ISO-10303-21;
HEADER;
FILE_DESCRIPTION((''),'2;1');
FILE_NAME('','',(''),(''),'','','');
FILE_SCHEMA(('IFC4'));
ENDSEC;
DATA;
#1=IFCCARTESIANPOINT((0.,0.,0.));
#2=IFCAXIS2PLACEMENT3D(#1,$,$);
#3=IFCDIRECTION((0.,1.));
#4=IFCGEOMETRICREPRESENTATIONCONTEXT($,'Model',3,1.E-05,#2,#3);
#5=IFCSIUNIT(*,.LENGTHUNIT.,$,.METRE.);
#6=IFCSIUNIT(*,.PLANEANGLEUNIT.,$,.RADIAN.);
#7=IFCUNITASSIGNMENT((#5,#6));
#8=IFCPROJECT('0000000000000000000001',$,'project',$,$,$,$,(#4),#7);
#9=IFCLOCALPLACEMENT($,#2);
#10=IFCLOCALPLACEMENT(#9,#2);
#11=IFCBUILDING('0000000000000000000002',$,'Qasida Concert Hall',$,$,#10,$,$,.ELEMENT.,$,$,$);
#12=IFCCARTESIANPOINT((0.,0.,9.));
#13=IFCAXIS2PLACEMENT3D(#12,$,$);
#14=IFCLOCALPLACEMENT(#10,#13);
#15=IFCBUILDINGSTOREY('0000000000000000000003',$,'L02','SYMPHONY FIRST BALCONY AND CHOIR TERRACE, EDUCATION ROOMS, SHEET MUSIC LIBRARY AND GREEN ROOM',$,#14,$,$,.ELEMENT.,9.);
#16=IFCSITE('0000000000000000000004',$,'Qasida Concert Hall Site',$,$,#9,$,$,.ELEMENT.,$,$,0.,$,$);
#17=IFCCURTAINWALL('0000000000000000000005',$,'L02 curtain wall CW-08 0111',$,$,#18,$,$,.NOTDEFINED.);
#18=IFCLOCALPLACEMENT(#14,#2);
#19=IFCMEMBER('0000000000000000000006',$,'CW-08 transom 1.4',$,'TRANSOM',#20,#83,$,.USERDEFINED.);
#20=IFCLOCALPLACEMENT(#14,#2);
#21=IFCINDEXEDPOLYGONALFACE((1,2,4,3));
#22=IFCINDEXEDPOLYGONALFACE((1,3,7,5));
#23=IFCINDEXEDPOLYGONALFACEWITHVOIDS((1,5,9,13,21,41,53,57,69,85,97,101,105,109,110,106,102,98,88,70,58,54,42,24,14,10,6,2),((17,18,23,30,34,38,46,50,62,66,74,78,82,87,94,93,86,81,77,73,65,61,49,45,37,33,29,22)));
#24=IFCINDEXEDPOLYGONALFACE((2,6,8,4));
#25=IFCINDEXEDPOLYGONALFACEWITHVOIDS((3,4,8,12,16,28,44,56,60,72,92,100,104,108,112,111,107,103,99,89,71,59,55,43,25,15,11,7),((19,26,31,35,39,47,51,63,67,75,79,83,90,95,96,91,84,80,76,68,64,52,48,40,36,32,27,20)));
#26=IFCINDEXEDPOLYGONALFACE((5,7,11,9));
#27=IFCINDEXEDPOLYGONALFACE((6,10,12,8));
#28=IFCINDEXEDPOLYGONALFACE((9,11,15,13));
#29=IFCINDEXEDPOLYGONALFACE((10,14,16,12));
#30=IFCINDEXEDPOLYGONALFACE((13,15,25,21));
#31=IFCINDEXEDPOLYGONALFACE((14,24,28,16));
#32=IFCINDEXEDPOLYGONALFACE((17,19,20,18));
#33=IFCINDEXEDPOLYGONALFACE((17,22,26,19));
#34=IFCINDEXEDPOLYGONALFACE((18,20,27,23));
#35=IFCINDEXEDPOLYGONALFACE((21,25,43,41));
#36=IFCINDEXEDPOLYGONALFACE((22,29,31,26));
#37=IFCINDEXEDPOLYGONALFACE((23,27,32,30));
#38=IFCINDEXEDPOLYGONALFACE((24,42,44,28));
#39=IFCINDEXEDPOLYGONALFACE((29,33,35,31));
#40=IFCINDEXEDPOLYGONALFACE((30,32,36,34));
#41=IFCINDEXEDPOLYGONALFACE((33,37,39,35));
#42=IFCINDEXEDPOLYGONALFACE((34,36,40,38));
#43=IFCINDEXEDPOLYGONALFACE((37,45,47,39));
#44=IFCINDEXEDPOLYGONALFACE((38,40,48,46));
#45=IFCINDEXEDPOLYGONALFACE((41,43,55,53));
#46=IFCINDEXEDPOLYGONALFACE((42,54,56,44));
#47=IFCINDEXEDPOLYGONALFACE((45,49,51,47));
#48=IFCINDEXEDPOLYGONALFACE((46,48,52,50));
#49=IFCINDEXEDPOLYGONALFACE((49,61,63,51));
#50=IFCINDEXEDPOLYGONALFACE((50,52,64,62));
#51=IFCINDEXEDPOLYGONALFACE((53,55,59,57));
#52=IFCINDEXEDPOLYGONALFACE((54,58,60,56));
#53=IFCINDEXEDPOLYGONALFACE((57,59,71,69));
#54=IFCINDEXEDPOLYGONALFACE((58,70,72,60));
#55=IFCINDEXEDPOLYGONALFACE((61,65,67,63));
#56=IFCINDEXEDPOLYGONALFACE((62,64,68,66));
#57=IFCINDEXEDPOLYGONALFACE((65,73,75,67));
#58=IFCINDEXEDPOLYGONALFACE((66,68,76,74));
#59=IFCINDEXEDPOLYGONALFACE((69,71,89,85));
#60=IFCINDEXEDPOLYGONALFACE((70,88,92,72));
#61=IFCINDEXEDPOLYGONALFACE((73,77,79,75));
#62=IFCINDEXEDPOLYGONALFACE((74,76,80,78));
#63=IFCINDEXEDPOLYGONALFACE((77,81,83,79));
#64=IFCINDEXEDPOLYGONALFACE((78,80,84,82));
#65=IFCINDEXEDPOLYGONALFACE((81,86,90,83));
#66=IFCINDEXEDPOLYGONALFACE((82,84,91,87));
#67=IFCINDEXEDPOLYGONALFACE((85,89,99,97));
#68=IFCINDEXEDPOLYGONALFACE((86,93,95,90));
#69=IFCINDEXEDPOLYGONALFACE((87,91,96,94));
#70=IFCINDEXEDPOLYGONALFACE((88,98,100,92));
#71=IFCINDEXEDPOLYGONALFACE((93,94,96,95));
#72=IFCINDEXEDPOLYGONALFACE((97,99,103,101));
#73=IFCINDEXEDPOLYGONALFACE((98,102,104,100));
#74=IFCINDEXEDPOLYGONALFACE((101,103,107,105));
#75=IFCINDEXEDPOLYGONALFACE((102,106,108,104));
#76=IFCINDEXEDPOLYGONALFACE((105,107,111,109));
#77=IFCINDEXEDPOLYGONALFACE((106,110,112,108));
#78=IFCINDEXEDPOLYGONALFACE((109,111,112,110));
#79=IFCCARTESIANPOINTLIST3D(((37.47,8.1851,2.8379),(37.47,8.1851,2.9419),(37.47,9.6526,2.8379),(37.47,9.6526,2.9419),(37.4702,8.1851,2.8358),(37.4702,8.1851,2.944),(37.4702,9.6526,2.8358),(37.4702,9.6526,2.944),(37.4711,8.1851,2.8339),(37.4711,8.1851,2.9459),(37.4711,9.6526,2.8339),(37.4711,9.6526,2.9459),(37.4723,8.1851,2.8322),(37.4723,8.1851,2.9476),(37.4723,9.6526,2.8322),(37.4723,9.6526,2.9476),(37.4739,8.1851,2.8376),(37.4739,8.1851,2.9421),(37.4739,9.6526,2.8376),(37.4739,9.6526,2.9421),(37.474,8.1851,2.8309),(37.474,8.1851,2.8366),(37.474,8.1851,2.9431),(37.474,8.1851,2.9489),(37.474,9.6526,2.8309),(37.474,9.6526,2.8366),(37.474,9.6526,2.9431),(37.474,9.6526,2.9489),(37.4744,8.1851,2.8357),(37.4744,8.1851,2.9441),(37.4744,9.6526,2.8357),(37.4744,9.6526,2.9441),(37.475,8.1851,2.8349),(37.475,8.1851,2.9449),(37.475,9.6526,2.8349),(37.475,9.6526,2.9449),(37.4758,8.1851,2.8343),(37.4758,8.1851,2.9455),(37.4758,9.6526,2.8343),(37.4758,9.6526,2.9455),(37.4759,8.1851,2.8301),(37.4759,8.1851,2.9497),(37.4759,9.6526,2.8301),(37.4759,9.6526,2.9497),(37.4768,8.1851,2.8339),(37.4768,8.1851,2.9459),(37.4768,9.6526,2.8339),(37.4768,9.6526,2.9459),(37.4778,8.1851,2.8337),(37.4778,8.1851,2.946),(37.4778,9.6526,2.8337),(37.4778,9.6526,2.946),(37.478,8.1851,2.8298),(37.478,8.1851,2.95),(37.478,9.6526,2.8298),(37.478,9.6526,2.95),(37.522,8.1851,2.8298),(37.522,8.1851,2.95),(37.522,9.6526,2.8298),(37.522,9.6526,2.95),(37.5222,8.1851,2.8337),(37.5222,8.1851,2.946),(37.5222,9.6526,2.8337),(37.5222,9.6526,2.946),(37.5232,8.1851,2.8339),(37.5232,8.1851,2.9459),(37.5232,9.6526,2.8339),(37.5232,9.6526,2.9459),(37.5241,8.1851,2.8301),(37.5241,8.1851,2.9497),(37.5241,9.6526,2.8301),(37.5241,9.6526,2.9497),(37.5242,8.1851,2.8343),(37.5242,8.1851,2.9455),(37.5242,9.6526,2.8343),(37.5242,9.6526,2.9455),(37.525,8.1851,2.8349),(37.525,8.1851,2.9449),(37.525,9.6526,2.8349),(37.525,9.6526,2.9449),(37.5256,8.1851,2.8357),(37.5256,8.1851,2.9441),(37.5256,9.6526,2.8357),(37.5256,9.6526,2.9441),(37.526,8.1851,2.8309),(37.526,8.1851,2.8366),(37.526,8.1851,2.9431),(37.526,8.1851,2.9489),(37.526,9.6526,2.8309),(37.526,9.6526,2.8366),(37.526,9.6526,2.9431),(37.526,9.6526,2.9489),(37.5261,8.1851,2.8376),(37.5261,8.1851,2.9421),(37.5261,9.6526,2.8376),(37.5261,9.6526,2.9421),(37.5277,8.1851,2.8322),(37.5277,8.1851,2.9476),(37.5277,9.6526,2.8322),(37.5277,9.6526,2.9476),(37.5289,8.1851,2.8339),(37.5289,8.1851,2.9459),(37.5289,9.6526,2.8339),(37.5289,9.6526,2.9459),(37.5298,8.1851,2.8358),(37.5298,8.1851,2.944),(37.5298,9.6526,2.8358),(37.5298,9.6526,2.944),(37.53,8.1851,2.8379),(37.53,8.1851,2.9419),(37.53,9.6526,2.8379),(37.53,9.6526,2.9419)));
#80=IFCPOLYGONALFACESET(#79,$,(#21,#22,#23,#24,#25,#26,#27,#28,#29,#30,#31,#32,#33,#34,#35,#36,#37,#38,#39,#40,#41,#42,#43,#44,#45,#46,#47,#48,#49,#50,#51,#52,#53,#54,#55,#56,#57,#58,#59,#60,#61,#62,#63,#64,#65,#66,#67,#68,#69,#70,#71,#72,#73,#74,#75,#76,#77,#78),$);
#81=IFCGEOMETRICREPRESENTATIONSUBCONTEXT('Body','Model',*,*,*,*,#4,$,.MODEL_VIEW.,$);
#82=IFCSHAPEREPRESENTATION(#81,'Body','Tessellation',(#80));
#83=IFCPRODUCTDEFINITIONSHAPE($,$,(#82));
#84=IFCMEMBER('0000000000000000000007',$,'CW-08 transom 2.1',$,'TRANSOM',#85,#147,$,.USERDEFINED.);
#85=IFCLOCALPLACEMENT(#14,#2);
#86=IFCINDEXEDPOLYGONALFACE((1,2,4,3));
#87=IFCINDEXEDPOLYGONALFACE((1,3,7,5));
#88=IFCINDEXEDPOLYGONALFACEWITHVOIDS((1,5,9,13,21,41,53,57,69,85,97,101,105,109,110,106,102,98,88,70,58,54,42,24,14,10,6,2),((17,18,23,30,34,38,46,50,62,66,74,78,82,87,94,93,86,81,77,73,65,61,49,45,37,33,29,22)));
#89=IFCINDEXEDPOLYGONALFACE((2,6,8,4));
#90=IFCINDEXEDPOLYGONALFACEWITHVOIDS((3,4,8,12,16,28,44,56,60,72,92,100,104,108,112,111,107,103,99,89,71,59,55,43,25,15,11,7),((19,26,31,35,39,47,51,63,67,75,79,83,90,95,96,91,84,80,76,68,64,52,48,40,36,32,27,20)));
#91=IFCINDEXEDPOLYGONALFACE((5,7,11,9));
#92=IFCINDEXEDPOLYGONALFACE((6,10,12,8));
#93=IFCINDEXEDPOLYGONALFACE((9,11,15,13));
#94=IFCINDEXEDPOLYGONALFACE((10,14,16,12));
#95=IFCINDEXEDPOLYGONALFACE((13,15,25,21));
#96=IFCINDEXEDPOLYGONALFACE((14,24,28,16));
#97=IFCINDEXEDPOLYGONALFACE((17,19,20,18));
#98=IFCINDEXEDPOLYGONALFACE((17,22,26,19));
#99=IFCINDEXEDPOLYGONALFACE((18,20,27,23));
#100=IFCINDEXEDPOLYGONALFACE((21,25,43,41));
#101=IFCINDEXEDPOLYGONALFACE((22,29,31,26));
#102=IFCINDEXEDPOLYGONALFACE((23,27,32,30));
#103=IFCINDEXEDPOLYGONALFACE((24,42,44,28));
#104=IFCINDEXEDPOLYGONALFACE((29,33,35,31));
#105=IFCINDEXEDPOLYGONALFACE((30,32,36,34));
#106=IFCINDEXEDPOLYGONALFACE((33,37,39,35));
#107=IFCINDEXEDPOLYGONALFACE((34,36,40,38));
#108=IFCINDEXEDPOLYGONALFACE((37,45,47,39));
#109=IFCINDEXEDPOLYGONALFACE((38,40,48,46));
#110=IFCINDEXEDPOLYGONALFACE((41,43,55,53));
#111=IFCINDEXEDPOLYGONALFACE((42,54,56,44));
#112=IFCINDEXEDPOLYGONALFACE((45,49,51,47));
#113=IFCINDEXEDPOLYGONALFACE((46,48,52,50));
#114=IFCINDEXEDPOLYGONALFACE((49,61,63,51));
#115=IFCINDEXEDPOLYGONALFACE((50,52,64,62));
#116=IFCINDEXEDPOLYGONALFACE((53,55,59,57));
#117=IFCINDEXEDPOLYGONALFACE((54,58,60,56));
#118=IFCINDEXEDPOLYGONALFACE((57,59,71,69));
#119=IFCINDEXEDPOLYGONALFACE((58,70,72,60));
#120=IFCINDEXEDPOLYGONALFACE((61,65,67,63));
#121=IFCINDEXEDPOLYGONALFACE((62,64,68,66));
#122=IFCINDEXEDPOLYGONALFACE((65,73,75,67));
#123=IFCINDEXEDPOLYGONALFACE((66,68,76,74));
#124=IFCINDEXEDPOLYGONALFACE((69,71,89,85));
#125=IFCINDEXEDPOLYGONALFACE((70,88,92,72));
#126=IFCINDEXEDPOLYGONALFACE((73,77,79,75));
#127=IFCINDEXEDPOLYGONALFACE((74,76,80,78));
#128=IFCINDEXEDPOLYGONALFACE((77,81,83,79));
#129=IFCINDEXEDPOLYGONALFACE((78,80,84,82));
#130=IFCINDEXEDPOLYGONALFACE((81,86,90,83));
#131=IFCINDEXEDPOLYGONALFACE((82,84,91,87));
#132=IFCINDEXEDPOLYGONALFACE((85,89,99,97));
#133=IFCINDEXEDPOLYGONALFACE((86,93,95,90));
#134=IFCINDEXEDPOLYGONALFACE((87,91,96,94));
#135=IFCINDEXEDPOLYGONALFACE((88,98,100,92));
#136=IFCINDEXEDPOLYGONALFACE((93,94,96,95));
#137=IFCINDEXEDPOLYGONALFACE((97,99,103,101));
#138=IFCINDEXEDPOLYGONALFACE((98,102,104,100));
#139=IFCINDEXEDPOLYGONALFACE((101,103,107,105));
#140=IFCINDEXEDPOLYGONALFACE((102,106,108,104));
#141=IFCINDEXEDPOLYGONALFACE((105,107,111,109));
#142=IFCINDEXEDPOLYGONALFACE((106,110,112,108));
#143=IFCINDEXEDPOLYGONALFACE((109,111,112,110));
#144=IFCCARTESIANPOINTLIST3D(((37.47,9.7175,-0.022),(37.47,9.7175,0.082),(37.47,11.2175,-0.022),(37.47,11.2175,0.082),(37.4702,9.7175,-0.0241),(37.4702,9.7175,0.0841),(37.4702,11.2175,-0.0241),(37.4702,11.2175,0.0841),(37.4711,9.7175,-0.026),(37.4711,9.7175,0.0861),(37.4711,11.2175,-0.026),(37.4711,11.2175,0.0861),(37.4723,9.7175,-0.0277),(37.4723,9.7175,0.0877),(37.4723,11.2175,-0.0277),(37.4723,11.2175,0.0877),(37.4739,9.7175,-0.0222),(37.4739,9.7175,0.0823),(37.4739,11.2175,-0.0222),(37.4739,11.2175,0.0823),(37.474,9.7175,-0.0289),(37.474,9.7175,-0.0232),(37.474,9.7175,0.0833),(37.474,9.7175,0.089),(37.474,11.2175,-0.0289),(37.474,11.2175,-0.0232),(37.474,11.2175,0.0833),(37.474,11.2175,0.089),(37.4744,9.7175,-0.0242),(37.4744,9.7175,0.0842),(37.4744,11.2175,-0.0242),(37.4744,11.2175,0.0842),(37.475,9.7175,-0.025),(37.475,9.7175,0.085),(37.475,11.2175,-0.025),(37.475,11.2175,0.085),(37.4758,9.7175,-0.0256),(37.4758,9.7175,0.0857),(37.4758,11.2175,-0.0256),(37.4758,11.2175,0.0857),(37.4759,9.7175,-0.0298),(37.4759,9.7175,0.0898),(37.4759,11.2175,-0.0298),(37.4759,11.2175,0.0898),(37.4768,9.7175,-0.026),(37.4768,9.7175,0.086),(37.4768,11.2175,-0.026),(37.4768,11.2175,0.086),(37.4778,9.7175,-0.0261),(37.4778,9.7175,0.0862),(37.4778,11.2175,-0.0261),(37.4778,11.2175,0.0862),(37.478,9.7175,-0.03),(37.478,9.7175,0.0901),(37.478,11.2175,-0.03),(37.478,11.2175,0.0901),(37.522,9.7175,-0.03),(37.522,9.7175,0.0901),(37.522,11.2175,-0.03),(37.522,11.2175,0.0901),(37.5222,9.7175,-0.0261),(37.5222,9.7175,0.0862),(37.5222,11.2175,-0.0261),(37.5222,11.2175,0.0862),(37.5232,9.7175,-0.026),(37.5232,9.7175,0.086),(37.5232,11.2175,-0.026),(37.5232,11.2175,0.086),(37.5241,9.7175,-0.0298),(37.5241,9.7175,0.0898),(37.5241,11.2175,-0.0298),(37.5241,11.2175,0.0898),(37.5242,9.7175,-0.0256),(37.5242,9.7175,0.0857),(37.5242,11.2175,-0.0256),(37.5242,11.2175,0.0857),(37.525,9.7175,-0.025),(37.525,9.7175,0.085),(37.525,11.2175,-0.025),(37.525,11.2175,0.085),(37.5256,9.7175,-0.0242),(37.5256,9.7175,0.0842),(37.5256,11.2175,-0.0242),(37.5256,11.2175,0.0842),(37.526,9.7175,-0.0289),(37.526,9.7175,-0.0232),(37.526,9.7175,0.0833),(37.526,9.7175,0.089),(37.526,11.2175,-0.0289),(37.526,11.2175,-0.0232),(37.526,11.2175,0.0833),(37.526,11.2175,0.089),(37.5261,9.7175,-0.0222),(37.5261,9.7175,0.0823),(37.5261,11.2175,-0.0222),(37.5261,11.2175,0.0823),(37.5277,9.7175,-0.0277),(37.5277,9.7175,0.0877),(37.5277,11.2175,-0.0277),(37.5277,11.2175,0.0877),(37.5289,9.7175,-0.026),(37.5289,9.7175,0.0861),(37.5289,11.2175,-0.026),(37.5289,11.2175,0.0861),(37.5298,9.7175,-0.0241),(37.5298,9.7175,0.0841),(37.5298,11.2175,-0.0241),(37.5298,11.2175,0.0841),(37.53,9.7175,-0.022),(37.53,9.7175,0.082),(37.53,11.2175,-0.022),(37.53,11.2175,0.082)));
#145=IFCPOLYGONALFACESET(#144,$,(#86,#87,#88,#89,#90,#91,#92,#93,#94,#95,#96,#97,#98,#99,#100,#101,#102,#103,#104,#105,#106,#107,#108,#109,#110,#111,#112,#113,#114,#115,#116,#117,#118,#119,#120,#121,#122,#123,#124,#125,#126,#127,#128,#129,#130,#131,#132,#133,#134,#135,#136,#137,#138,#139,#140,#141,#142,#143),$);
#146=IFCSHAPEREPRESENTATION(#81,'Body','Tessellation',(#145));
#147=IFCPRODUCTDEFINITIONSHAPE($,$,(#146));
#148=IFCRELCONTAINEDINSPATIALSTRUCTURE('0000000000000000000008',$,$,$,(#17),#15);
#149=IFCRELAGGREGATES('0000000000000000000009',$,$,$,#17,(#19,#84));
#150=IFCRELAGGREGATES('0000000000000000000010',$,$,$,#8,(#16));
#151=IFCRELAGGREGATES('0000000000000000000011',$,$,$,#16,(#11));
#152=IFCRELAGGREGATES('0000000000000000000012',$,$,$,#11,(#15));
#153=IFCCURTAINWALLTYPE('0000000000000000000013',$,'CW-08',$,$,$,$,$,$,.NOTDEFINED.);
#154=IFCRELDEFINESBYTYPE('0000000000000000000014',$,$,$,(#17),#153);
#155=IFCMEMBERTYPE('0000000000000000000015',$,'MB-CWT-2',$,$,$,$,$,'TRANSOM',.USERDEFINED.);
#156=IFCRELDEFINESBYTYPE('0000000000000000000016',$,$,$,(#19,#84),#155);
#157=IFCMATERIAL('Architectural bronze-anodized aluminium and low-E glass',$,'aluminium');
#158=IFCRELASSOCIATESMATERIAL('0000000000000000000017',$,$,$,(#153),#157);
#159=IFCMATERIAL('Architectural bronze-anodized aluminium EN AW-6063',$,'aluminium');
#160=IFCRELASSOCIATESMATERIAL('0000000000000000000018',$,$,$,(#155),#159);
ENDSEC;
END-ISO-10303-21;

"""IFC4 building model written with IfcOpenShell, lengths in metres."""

from ifc_helpers import new_model, si_unit, direction, frame, origin, origin_2d, place, context, subcontext, project, spatial, hollow_rectangle, extrude, material, material_profile, profile_set, type_object, element, aggregate, save


model = new_model("IFC4")

# Units and contexts
model_context = context("Model", 3, precision=1e-05, world=origin(), true_north=direction((0.0, 1.0)))
body_context = subcontext(model_context, "Body", "Model", "MODEL_VIEW")
ifc_project = project(units=[si_unit("LENGTHUNIT", "METRE"), si_unit("PLANEANGLEUNIT", "RADIAN")], contexts=[model_context])

# Site, building, storey
site_placement = place(None, origin())
site = spatial("IfcSite", under=ifc_project, at=site_placement, Name="Qasida Concert Hall Site", CompositionType="ELEMENT", RefElevation=0.0)
building_placement = place(site_placement, origin())
building = spatial("IfcBuilding", under=site, at=building_placement, Name="Qasida Concert Hall", CompositionType="ELEMENT")
storey_placement = place(building_placement, frame((0.0, 0.0, 9.0)))
storey = spatial("IfcBuildingStorey", under=building, at=storey_placement, Name="L02", Description="SYMPHONY FIRST BALCONY AND CHOIR TERRACE, EDUCATION ROOMS, SHEET MUSIC LIBRARY AND GREEN ROOM", CompositionType="ELEMENT", Elevation=9.0)

# Curtain wall, members
ifc_material_1 = material(Name="Architectural bronze-anodized aluminium and low-E glass", Category="aluminium")
curtain_wall_type = type_object("IfcCurtainWallType", Name="CW-08", PredefinedType="NOTDEFINED", material=ifc_material_1)
curtain_wall_placement = place(storey_placement, origin())
curtain_wall = element("IfcCurtainWall", 1, at=curtain_wall_placement, inside=storey, type_object=curtain_wall_type, Name="L02 curtain wall CW-08 0111", PredefinedType="NOTDEFINED")
ifc_material_2 = material(Name="Architectural bronze-anodized aluminium EN AW-6063", Category="aluminium")
ifc_material_profile_1 = material_profile(ifc_material_2, hollow_rectangle(XDim=0.0601, YDim=0.1201, WallThickness=0.0039, InnerFilletRadius=0.0039, OuterFilletRadius=0.0081, at=origin_2d()), Name="CWT 120x60x4")
ifc_profile_set_1 = profile_set([ifc_material_profile_1], Name="Architectural bronze-anodized aluminium EN AW-6063")
member_type_1 = type_object("IfcMemberType", Name="MB-CWT-2", ElementType="TRANSOM", PredefinedType="USERDEFINED", material=ifc_profile_set_1)
member_1_placement = place(storey_placement, frame((37.5, 8.1851, 2.8899), z_axis=(0.0, 1.0, 0.0), x_axis=(-1.0, 0.0, 0.0)))
member_1 = element("IfcMember", 2, at=member_1_placement, type_object=member_type_1, Name="CW-08 transom 1.4", ObjectType="TRANSOM", PredefinedType="USERDEFINED", context=body_context, shape_type="SweptSolid", body=[
    extrude(hollow_rectangle(XDim=0.0601, YDim=0.1201, WallThickness=0.0039, InnerFilletRadius=0.0039, OuterFilletRadius=0.0081, at=origin_2d()), origin(), (0.0, 0.0, 1.0), 1.4675),
])
member_2_placement = place(storey_placement, frame((37.5, 9.7175, 0.03), z_axis=(0.0, 1.0, 0.0), x_axis=(-1.0, 0.0, 0.0)))
member_2 = element("IfcMember", 3, at=member_2_placement, type_object=member_type_1, Name="CW-08 transom 2.1", ObjectType="TRANSOM", PredefinedType="USERDEFINED", context=body_context, shape_type="SweptSolid", body=[
    extrude(hollow_rectangle(XDim=0.0601, YDim=0.1201, WallThickness=0.0039, InnerFilletRadius=0.0039, OuterFilletRadius=0.0081, at=origin_2d()), origin(), (0.0, 0.0, 1.0), 1.5),
])
aggregate(curtain_wall, [member_1, member_2])

save(model, "model.ifc")
